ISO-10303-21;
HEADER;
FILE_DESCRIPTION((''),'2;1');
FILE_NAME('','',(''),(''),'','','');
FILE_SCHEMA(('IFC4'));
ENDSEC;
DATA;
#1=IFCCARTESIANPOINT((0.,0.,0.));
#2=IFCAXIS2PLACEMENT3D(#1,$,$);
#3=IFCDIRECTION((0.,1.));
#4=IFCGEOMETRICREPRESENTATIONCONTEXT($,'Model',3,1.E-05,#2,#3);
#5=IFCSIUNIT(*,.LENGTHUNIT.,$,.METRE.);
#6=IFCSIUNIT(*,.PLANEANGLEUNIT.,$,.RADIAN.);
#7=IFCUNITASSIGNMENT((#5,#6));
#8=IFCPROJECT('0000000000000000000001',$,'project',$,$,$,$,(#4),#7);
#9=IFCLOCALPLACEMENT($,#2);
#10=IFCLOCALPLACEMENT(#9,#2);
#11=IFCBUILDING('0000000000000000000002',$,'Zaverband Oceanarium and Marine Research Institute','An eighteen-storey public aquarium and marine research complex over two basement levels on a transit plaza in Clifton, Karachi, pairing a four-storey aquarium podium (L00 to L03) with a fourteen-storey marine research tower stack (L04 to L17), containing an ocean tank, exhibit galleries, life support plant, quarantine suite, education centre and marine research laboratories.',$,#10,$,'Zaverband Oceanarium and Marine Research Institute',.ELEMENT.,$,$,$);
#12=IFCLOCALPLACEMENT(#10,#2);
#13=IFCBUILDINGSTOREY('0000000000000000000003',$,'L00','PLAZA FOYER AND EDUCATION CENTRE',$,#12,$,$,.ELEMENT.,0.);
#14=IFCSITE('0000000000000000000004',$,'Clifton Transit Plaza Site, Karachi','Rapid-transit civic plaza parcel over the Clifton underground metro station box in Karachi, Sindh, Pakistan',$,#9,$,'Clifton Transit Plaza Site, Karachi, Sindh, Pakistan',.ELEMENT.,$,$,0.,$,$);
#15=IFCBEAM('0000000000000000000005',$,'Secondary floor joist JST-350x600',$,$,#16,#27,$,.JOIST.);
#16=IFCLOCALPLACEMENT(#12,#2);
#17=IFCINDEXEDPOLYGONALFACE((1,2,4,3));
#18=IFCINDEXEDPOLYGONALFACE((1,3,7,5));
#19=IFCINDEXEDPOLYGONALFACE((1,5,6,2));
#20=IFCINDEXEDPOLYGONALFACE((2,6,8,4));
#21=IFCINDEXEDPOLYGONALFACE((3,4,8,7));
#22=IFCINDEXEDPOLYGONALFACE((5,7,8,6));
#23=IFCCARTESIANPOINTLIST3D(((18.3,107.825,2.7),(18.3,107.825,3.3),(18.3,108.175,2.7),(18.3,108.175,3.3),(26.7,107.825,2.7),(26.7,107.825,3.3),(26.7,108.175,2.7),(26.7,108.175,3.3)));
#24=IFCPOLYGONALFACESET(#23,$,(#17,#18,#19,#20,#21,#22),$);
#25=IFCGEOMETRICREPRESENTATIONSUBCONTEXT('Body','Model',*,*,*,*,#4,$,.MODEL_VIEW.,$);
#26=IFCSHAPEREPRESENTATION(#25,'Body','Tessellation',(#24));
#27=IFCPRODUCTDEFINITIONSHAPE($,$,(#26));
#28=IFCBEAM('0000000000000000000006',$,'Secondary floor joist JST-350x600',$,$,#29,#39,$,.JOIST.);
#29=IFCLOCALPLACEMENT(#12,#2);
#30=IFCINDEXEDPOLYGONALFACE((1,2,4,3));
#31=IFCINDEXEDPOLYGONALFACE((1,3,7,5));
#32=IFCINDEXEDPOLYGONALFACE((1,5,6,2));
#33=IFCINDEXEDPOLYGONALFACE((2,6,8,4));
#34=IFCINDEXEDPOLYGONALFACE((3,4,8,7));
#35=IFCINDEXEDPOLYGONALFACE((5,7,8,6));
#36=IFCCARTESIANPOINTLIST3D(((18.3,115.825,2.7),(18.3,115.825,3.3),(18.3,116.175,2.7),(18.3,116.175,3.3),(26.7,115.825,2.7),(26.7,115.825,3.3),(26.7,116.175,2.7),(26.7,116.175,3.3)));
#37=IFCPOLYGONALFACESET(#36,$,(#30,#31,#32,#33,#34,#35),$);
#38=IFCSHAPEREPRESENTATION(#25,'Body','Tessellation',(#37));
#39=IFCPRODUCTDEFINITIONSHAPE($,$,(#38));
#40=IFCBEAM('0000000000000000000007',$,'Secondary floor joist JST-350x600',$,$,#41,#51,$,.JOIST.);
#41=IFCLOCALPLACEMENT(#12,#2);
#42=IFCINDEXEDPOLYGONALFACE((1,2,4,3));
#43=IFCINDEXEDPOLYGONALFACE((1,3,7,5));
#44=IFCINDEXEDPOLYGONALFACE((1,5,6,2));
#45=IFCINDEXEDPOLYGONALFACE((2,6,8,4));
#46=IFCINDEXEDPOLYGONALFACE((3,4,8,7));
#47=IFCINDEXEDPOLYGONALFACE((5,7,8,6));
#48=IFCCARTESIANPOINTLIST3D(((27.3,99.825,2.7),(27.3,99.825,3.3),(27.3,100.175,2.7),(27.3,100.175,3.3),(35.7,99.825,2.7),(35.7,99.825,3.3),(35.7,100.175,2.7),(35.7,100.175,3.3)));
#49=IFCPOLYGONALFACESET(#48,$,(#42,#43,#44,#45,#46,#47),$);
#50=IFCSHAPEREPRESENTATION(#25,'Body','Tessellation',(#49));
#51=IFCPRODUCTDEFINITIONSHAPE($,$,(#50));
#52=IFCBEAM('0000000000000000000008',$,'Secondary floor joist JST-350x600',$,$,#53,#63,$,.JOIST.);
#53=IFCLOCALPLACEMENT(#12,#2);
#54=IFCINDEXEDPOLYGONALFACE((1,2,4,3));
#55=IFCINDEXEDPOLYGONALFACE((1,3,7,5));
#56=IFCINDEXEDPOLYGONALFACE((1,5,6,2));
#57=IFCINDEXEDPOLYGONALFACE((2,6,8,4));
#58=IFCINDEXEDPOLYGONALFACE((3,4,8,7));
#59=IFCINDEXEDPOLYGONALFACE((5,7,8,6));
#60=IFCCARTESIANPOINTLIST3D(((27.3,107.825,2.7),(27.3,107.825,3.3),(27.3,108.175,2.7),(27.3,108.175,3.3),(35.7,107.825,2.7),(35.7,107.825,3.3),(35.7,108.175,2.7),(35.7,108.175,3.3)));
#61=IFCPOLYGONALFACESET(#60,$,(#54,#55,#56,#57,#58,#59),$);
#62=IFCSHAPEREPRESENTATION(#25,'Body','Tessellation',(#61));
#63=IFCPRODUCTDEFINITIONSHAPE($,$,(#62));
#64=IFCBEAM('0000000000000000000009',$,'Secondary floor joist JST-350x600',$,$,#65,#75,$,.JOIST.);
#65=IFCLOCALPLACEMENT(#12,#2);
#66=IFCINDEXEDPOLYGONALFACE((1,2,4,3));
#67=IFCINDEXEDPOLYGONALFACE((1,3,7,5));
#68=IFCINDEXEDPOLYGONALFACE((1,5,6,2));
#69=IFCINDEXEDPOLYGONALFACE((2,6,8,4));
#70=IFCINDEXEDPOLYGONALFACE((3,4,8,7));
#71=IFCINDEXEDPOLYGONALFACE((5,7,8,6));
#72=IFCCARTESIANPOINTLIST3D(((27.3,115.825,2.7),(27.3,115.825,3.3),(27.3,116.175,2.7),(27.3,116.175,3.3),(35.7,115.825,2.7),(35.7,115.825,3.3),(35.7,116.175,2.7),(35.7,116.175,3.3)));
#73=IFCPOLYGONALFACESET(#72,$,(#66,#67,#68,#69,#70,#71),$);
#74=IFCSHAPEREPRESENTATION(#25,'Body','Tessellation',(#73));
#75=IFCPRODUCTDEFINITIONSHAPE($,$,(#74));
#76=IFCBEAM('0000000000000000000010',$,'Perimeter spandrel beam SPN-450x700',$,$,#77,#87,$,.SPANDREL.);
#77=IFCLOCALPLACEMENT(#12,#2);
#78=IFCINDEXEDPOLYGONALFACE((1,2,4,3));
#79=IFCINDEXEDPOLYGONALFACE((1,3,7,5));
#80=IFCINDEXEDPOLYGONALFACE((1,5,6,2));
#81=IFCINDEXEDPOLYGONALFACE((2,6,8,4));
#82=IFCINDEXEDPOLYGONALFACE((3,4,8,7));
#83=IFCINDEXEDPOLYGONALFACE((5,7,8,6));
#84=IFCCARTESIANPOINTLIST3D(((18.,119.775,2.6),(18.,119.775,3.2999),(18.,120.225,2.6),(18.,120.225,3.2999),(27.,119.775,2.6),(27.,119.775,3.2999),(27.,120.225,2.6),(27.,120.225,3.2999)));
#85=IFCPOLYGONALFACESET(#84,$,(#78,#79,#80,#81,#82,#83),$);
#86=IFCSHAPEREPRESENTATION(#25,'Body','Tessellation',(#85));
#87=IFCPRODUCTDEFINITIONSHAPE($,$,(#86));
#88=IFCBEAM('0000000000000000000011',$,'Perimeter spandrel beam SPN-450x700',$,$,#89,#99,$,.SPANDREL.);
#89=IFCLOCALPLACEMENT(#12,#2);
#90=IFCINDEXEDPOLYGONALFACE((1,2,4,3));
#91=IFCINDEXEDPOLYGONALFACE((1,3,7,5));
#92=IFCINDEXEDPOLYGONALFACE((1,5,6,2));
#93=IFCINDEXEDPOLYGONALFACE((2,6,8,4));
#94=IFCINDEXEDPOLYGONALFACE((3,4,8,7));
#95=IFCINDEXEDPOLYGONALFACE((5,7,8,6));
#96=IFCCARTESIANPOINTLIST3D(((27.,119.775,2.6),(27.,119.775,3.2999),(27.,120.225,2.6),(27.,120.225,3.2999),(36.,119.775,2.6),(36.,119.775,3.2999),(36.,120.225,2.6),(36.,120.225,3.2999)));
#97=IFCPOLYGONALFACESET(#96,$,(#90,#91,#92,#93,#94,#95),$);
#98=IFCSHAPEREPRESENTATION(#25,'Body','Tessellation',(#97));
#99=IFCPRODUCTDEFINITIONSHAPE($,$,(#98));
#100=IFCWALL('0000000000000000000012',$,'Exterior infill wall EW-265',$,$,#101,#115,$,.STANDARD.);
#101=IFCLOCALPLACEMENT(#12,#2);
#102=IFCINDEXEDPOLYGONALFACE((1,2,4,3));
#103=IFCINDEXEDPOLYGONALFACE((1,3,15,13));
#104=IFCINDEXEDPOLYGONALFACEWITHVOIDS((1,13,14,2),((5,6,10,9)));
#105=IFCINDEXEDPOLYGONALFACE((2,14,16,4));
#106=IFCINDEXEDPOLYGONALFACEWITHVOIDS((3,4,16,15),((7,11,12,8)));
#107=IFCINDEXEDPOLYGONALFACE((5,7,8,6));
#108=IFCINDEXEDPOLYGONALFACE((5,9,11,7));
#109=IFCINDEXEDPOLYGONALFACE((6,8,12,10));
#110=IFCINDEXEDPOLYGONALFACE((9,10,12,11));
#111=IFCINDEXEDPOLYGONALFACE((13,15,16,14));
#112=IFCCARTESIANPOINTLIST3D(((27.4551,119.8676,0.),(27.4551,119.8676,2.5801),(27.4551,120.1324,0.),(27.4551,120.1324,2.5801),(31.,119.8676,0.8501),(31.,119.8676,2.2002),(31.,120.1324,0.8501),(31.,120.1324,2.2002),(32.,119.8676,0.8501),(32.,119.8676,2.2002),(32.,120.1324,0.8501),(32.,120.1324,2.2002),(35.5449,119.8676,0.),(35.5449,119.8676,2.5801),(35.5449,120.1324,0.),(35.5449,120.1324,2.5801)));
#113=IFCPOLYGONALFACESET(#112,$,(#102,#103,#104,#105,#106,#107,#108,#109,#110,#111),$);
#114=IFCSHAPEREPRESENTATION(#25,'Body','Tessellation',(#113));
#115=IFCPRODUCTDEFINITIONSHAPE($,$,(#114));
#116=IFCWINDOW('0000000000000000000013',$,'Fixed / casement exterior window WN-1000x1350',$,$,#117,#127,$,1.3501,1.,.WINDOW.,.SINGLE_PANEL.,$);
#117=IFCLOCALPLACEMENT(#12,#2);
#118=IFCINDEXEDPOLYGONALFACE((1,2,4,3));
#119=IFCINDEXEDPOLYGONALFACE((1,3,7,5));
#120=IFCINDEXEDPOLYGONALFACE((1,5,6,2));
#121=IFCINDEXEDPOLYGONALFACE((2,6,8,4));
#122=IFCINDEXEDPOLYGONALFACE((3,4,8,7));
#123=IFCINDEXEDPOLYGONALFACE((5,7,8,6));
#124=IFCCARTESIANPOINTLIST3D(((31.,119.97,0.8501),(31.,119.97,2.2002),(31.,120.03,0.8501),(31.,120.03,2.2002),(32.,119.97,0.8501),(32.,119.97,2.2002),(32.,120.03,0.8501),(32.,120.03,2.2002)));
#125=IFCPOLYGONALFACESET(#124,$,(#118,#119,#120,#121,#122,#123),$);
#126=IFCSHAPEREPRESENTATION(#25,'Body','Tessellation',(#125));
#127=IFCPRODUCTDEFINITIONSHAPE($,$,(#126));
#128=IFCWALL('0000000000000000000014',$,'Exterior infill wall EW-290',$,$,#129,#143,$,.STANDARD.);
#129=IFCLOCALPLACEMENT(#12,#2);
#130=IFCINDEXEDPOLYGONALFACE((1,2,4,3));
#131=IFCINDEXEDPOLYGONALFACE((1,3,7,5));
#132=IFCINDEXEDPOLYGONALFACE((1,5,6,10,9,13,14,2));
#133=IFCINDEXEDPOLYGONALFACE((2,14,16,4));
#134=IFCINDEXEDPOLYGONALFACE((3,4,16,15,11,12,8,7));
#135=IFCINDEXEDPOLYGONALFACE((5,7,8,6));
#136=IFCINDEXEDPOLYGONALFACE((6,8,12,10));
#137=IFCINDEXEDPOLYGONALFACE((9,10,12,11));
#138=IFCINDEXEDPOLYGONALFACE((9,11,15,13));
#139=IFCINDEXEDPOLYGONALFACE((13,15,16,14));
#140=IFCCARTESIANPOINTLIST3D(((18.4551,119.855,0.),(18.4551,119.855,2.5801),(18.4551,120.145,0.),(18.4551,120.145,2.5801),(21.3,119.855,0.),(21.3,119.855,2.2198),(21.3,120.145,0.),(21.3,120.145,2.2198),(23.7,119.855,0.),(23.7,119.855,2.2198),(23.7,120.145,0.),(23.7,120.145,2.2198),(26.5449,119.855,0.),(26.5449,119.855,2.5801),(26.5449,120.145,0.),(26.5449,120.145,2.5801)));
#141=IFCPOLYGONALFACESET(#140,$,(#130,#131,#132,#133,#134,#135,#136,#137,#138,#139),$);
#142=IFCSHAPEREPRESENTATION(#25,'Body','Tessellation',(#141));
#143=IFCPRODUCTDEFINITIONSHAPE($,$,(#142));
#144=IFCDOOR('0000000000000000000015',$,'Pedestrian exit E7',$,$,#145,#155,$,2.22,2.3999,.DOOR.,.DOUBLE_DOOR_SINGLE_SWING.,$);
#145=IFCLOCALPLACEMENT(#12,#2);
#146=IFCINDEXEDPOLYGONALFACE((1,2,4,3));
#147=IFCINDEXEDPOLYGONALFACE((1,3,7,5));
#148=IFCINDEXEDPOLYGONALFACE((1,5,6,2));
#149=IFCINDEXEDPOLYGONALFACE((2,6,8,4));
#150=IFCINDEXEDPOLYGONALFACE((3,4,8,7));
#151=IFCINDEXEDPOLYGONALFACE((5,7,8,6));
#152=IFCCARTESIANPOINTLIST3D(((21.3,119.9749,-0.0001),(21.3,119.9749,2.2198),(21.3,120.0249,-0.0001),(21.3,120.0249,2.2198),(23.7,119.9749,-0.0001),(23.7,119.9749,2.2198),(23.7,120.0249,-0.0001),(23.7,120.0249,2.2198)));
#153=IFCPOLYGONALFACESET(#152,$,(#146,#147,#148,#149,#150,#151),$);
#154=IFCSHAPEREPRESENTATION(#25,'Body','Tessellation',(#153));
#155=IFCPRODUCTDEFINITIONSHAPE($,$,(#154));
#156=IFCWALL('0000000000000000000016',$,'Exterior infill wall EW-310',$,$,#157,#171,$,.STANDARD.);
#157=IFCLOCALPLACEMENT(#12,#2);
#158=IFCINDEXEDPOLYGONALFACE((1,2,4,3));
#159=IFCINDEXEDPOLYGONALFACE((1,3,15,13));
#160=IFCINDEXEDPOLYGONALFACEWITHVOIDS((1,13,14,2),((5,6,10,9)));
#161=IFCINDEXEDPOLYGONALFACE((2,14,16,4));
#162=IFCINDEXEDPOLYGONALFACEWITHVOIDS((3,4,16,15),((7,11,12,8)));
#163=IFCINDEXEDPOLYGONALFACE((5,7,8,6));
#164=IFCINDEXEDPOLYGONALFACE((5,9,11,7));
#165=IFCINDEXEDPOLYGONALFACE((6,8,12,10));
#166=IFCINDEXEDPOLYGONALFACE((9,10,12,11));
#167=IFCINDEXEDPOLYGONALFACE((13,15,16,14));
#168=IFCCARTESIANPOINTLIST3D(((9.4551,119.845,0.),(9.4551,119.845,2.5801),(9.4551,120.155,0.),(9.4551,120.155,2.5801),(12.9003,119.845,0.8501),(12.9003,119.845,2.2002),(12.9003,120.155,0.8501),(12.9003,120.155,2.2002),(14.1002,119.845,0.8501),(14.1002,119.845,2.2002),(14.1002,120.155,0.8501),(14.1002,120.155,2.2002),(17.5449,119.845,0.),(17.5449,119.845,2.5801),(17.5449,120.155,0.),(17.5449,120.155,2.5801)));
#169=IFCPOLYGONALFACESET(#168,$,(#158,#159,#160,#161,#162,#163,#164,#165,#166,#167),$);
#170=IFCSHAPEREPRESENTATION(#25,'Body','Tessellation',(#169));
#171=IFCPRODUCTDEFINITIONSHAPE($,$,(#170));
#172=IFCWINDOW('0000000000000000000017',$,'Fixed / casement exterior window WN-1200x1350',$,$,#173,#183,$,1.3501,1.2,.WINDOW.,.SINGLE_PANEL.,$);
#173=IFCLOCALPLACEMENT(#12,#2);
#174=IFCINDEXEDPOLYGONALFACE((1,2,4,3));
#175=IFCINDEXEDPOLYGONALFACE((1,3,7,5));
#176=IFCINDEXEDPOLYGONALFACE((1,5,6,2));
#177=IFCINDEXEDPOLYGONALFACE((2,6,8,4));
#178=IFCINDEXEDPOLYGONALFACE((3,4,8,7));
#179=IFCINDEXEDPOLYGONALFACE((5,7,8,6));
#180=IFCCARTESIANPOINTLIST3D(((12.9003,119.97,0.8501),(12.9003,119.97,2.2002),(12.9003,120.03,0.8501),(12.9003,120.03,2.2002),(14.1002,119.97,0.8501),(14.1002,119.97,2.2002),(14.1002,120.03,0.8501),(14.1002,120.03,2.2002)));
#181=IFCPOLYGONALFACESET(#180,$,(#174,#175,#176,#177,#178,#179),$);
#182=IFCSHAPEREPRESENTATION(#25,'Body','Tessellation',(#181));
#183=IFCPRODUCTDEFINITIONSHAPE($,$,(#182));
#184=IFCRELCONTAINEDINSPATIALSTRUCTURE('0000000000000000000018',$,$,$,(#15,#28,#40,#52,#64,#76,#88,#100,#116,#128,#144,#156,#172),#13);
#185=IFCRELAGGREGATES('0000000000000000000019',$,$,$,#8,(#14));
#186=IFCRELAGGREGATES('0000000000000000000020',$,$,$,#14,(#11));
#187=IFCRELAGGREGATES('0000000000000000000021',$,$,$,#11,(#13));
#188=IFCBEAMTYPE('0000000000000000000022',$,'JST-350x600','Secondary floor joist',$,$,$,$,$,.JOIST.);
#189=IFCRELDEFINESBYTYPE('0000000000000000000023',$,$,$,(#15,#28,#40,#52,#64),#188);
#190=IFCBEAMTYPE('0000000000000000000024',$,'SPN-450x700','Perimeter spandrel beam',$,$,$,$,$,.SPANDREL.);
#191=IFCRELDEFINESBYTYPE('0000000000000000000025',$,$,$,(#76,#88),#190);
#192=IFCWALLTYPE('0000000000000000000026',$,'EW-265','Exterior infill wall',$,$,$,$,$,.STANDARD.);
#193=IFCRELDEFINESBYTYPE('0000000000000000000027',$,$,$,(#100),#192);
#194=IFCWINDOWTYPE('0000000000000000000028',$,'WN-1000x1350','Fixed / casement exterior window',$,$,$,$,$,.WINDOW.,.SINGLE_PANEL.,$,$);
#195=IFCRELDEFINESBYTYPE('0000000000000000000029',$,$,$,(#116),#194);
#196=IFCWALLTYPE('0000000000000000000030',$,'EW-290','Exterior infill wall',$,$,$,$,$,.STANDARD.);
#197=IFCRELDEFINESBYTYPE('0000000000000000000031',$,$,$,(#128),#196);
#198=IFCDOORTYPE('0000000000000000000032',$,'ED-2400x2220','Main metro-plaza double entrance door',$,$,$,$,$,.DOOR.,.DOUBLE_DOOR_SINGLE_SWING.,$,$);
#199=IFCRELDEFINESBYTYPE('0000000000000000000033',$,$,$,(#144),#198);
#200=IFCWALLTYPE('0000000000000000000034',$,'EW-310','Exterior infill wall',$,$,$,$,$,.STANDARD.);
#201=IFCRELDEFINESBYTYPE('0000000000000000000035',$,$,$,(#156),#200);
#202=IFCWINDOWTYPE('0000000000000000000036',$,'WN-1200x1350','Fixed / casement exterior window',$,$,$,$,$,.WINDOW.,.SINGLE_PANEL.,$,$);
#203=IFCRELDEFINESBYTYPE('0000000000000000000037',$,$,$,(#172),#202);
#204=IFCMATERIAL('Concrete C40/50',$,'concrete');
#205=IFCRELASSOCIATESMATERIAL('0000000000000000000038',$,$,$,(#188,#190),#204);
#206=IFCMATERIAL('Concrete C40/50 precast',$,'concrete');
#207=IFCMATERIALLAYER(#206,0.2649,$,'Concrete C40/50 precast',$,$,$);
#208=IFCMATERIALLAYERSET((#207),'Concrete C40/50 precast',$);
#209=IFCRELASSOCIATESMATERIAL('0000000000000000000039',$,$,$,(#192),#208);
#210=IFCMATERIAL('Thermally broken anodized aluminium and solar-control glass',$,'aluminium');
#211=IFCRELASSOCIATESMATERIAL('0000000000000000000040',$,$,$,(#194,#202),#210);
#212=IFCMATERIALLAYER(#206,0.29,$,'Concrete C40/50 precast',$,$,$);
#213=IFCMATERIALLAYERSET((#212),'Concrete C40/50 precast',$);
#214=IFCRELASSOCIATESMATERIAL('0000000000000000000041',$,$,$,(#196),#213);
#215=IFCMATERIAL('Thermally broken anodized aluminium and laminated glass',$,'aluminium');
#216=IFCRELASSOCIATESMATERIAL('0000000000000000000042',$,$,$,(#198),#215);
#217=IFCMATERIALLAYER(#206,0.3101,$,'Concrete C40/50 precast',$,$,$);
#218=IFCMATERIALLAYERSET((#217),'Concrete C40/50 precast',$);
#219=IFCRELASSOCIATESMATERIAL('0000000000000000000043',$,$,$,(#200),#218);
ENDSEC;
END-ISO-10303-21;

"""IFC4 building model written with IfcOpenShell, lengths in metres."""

from ifc_helpers import new_model, si_unit, direction, frame, frame_2d, origin, origin_2d, place, context, subcontext, project, spatial, rectangle, extrude, material, layer, layer_set, material_profile, profile_set, type_object, element, fill, save


model = new_model("IFC4")

# Units and contexts
model_context = context("Model", 3, precision=1e-05, world=origin(), true_north=direction((0.0, 1.0)))
body_context = subcontext(model_context, "Body", "Model", "MODEL_VIEW")
ifc_project = project(units=[si_unit("LENGTHUNIT", "METRE"), si_unit("PLANEANGLEUNIT", "RADIAN")], contexts=[model_context])

# Site, building, storey
site_placement = place(None, origin())
site = spatial("IfcSite", under=ifc_project, at=site_placement, Name="Clifton Transit Plaza Site, Karachi", Description="Rapid-transit civic plaza parcel over the Clifton underground metro station box in Karachi, Sindh, Pakistan", LongName="Clifton Transit Plaza Site, Karachi, Sindh, Pakistan", CompositionType="ELEMENT", RefElevation=0.0)
building_placement = place(site_placement, origin())
building = spatial("IfcBuilding", under=site, at=building_placement, Name="Zaverband Oceanarium and Marine Research Institute", Description="An eighteen-storey public aquarium and marine research complex over two basement levels on a transit plaza in Clifton, Karachi, pairing a four-storey aquarium podium (L00 to L03) with a fourteen-storey marine research tower stack (L04 to L17), containing an ocean tank, exhibit galleries, life support plant, quarantine suite, education centre and marine research laboratories.", LongName="Zaverband Oceanarium and Marine Research Institute", CompositionType="ELEMENT")
storey_placement = place(building_placement, origin())
storey = spatial("IfcBuildingStorey", under=building, at=storey_placement, Name="L00", Description="PLAZA FOYER AND EDUCATION CENTRE", CompositionType="ELEMENT", Elevation=0.0)

# Beams
ifc_material_1 = material(Name="Concrete C40/50", Category="concrete")
ifc_material_profile_1 = material_profile(ifc_material_1, rectangle(XDim=0.3501, YDim=0.6001, at=origin_2d()), Name="RC350x600")
ifc_profile_set_1 = profile_set([ifc_material_profile_1], Name="Concrete C40/50")
beam_type_1 = type_object("IfcBeamType", Name="JST-350x600", Description="Secondary floor joist", PredefinedType="JOIST", material=ifc_profile_set_1)
for number, where, z_axis, x_axis, name in (
    (1, (18.3, 108.0, 3.0), (1.0, 0.0, 0.0), (0.0, 1.0, 0.0), "Secondary floor joist JST-350x600"),
    (2, (18.3, 116.0, 3.0), (1.0, 0.0, 0.0), (0.0, 1.0, 0.0), "Secondary floor joist JST-350x600"),
    (3, (27.3, 100.0, 3.0), (1.0, 0.0, 0.0), (0.0, 1.0, 0.0), "Secondary floor joist JST-350x600"),
    (4, (27.3, 108.0, 3.0), (1.0, 0.0, 0.0), (0.0, 1.0, 0.0), "Secondary floor joist JST-350x600"),
    (5, (27.3, 116.0, 3.0), (1.0, 0.0, 0.0), (0.0, 1.0, 0.0), "Secondary floor joist JST-350x600"),
):
    element("IfcBeam", number, at=place(storey_placement, frame(where, z_axis=z_axis, x_axis=x_axis)), inside=storey, type_object=beam_type_1, Name=name, PredefinedType="JOIST", context=body_context, shape_type="SweptSolid", body=[
        extrude(rectangle(XDim=0.3501, YDim=0.6001, at=origin_2d()), origin(), (0.0, 0.0, 1.0), 8.3999),
    ])
ifc_material_profile_2 = material_profile(ifc_material_1, rectangle(XDim=0.45, YDim=0.7, at=origin_2d()), Name="RC450x700")
ifc_profile_set_2 = profile_set([ifc_material_profile_2], Name="Concrete C40/50")
beam_type_2 = type_object("IfcBeamType", Name="SPN-450x700", Description="Perimeter spandrel beam", PredefinedType="SPANDREL", material=ifc_profile_set_2)
for number, where, z_axis, x_axis, name in (
    (6, (18.0, 120.0, 2.95), (1.0, 0.0, 0.0), (0.0, 1.0, 0.0), "Perimeter spandrel beam SPN-450x700"),
    (7, (27.0, 120.0, 2.95), (1.0, 0.0, 0.0), (0.0, 1.0, 0.0), "Perimeter spandrel beam SPN-450x700"),
):
    element("IfcBeam", number, at=place(storey_placement, frame(where, z_axis=z_axis, x_axis=x_axis)), inside=storey, type_object=beam_type_2, Name=name, PredefinedType="SPANDREL", context=body_context, shape_type="SweptSolid", body=[
        extrude(rectangle(XDim=0.45, YDim=0.7, at=origin_2d()), origin(), (0.0, 0.0, 1.0), 9.0),
    ])

# Wall, opening, window
ifc_material_2 = material(Name="Concrete C40/50 precast", Category="concrete")
ifc_layer_1 = layer(ifc_material_2, 0.2649, Name="Concrete C40/50 precast")
ifc_layer_set_1 = layer_set([ifc_layer_1], Name="Concrete C40/50 precast")
wall_type_1 = type_object("IfcWallType", Name="EW-265", Description="Exterior infill wall", PredefinedType="STANDARD", material=ifc_layer_set_1)
wall_1_placement = place(storey_placement, frame((27.4551, 120.0, 0.0), z_axis=(0.0, 0.0, 1.0), x_axis=(1.0, 0.0, 0.0)))
wall_1 = element("IfcWall", 8, at=wall_1_placement, inside=storey, type_object=wall_type_1, Name="Exterior infill wall EW-265", PredefinedType="STANDARD", context=body_context, shape_type="SweptSolid", body=[
    extrude(rectangle(XDim=8.0898, YDim=0.2649, at=frame_2d((4.0449, 0.0))), origin(), (0.0, 0.0, 1.0), 2.5801),
])
opening_1_placement = place(wall_1_placement, frame((3.5449, 0.0, 0.8501)))
opening_1 = element("IfcOpeningElement", 9, at=opening_1_placement, cuts=wall_1, PredefinedType="OPENING", context=body_context, shape_type="SweptSolid", body=[
    extrude(rectangle(XDim=1.0, YDim=1.3501, at=frame_2d((0.5, 0.675))), frame((0.0, 0.1445, 0.0), z_axis=(0.0, -1.0, 0.0), x_axis=(1.0, 0.0, 0.0)), (0.0, 0.0, 1.0), 0.2888),
])
ifc_material_3 = material(Name="Thermally broken anodized aluminium and solar-control glass", Category="aluminium")
window_type_1 = type_object("IfcWindowType", Name="WN-1000x1350", Description="Fixed / casement exterior window", PartitioningType="SINGLE_PANEL", PredefinedType="WINDOW", material=ifc_material_3)
window_1_placement = place(opening_1_placement, origin())
window_1 = element("IfcWindow", 10, at=window_1_placement, inside=storey, type_object=window_type_1, Name="Fixed / casement exterior window WN-1000x1350", OverallHeight=1.3501, OverallWidth=1.0, PartitioningType="SINGLE_PANEL", PredefinedType="WINDOW", context=body_context, shape_type="SweptSolid", body=[
    extrude(rectangle(XDim=1.0, YDim=1.3501, at=frame_2d((0.5, 0.675))), frame((0.0, 0.03, 0.0), z_axis=(0.0, -1.0, 0.0), x_axis=(1.0, 0.0, 0.0)), (0.0, 0.0, 1.0), 0.0601),
])
fill(opening_1, window_1)

# Wall, opening, door
ifc_layer_2 = layer(ifc_material_2, 0.29, Name="Concrete C40/50 precast")
ifc_layer_set_2 = layer_set([ifc_layer_2], Name="Concrete C40/50 precast")
wall_type_2 = type_object("IfcWallType", Name="EW-290", Description="Exterior infill wall", PredefinedType="STANDARD", material=ifc_layer_set_2)
wall_2_placement = place(storey_placement, frame((18.4551, 120.0, 0.0), z_axis=(0.0, 0.0, 1.0), x_axis=(1.0, 0.0, 0.0)))
wall_2 = element("IfcWall", 11, at=wall_2_placement, inside=storey, type_object=wall_type_2, Name="Exterior infill wall EW-290", PredefinedType="STANDARD", context=body_context, shape_type="SweptSolid", body=[
    extrude(rectangle(XDim=8.0898, YDim=0.29, at=frame_2d((4.0449, 0.0))), origin(), (0.0, 0.0, 1.0), 2.5801),
])
opening_2_placement = place(wall_2_placement, frame((2.845, 0.0, 0.0)))
opening_2 = element("IfcOpeningElement", 12, at=opening_2_placement, cuts=wall_2, PredefinedType="OPENING", context=body_context, shape_type="SweptSolid", body=[
    extrude(rectangle(XDim=2.3999, YDim=2.22, at=frame_2d((1.2, 1.1099))), frame((0.0, 0.157, 0.0), z_axis=(0.0, -1.0, 0.0), x_axis=(1.0, 0.0, 0.0)), (0.0, 0.0, 1.0), 0.314),
])
ifc_material_4 = material(Name="Thermally broken anodized aluminium and laminated glass", Category="aluminium")
door_type = type_object("IfcDoorType", Name="ED-2400x2220", Description="Main metro-plaza double entrance door", OperationType="DOUBLE_DOOR_SINGLE_SWING", PredefinedType="DOOR", material=ifc_material_4)
door_placement = place(opening_2_placement, origin())
door = element("IfcDoor", 13, at=door_placement, inside=storey, type_object=door_type, Name="Pedestrian exit E7", OperationType="DOUBLE_DOOR_SINGLE_SWING", OverallHeight=2.22, OverallWidth=2.3999, PredefinedType="DOOR", context=body_context, shape_type="SweptSolid", body=[
    extrude(rectangle(XDim=2.3999, YDim=2.22, at=frame_2d((1.2, 1.1099))), frame((0.0, 0.0249, 0.0), z_axis=(0.0, -1.0, 0.0), x_axis=(1.0, 0.0, 0.0)), (0.0, 0.0, 1.0), 0.05),
])
fill(opening_2, door)

# Wall, opening, window
ifc_layer_3 = layer(ifc_material_2, 0.3101, Name="Concrete C40/50 precast")
ifc_layer_set_3 = layer_set([ifc_layer_3], Name="Concrete C40/50 precast")
wall_type_3 = type_object("IfcWallType", Name="EW-310", Description="Exterior infill wall", PredefinedType="STANDARD", material=ifc_layer_set_3)
wall_3_placement = place(storey_placement, frame((9.4551, 120.0, 0.0), z_axis=(0.0, 0.0, 1.0), x_axis=(1.0, 0.0, 0.0)))
wall_3 = element("IfcWall", 14, at=wall_3_placement, inside=storey, type_object=wall_type_3, Name="Exterior infill wall EW-310", PredefinedType="STANDARD", context=body_context, shape_type="SweptSolid", body=[
    extrude(rectangle(XDim=8.0898, YDim=0.3101, at=frame_2d((4.0449, 0.0))), origin(), (0.0, 0.0, 1.0), 2.5801),
])
opening_3_placement = place(wall_3_placement, frame((3.4451, 0.0, 0.8501)))
opening_3 = element("IfcOpeningElement", 15, at=opening_3_placement, cuts=wall_3, PredefinedType="OPENING", context=body_context, shape_type="SweptSolid", body=[
    extrude(rectangle(XDim=1.2, YDim=1.3501, at=frame_2d((0.6001, 0.675))), frame((0.0, 0.167, 0.0), z_axis=(0.0, -1.0, 0.0), x_axis=(1.0, 0.0, 0.0)), (0.0, 0.0, 1.0), 0.334),
])
window_type_2 = type_object("IfcWindowType", Name="WN-1200x1350", Description="Fixed / casement exterior window", PartitioningType="SINGLE_PANEL", PredefinedType="WINDOW", material=ifc_material_3)
window_2_placement = place(opening_3_placement, origin())
window_2 = element("IfcWindow", 16, at=window_2_placement, inside=storey, type_object=window_type_2, Name="Fixed / casement exterior window WN-1200x1350", OverallHeight=1.3501, OverallWidth=1.2, PartitioningType="SINGLE_PANEL", PredefinedType="WINDOW", context=body_context, shape_type="SweptSolid", body=[
    extrude(rectangle(XDim=1.2, YDim=1.3501, at=frame_2d((0.6001, 0.675))), frame((0.0, 0.03, 0.0), z_axis=(0.0, -1.0, 0.0), x_axis=(1.0, 0.0, 0.0)), (0.0, 0.0, 1.0), 0.0601),
])
fill(opening_3, window_2)

save(model, "model.ifc")
